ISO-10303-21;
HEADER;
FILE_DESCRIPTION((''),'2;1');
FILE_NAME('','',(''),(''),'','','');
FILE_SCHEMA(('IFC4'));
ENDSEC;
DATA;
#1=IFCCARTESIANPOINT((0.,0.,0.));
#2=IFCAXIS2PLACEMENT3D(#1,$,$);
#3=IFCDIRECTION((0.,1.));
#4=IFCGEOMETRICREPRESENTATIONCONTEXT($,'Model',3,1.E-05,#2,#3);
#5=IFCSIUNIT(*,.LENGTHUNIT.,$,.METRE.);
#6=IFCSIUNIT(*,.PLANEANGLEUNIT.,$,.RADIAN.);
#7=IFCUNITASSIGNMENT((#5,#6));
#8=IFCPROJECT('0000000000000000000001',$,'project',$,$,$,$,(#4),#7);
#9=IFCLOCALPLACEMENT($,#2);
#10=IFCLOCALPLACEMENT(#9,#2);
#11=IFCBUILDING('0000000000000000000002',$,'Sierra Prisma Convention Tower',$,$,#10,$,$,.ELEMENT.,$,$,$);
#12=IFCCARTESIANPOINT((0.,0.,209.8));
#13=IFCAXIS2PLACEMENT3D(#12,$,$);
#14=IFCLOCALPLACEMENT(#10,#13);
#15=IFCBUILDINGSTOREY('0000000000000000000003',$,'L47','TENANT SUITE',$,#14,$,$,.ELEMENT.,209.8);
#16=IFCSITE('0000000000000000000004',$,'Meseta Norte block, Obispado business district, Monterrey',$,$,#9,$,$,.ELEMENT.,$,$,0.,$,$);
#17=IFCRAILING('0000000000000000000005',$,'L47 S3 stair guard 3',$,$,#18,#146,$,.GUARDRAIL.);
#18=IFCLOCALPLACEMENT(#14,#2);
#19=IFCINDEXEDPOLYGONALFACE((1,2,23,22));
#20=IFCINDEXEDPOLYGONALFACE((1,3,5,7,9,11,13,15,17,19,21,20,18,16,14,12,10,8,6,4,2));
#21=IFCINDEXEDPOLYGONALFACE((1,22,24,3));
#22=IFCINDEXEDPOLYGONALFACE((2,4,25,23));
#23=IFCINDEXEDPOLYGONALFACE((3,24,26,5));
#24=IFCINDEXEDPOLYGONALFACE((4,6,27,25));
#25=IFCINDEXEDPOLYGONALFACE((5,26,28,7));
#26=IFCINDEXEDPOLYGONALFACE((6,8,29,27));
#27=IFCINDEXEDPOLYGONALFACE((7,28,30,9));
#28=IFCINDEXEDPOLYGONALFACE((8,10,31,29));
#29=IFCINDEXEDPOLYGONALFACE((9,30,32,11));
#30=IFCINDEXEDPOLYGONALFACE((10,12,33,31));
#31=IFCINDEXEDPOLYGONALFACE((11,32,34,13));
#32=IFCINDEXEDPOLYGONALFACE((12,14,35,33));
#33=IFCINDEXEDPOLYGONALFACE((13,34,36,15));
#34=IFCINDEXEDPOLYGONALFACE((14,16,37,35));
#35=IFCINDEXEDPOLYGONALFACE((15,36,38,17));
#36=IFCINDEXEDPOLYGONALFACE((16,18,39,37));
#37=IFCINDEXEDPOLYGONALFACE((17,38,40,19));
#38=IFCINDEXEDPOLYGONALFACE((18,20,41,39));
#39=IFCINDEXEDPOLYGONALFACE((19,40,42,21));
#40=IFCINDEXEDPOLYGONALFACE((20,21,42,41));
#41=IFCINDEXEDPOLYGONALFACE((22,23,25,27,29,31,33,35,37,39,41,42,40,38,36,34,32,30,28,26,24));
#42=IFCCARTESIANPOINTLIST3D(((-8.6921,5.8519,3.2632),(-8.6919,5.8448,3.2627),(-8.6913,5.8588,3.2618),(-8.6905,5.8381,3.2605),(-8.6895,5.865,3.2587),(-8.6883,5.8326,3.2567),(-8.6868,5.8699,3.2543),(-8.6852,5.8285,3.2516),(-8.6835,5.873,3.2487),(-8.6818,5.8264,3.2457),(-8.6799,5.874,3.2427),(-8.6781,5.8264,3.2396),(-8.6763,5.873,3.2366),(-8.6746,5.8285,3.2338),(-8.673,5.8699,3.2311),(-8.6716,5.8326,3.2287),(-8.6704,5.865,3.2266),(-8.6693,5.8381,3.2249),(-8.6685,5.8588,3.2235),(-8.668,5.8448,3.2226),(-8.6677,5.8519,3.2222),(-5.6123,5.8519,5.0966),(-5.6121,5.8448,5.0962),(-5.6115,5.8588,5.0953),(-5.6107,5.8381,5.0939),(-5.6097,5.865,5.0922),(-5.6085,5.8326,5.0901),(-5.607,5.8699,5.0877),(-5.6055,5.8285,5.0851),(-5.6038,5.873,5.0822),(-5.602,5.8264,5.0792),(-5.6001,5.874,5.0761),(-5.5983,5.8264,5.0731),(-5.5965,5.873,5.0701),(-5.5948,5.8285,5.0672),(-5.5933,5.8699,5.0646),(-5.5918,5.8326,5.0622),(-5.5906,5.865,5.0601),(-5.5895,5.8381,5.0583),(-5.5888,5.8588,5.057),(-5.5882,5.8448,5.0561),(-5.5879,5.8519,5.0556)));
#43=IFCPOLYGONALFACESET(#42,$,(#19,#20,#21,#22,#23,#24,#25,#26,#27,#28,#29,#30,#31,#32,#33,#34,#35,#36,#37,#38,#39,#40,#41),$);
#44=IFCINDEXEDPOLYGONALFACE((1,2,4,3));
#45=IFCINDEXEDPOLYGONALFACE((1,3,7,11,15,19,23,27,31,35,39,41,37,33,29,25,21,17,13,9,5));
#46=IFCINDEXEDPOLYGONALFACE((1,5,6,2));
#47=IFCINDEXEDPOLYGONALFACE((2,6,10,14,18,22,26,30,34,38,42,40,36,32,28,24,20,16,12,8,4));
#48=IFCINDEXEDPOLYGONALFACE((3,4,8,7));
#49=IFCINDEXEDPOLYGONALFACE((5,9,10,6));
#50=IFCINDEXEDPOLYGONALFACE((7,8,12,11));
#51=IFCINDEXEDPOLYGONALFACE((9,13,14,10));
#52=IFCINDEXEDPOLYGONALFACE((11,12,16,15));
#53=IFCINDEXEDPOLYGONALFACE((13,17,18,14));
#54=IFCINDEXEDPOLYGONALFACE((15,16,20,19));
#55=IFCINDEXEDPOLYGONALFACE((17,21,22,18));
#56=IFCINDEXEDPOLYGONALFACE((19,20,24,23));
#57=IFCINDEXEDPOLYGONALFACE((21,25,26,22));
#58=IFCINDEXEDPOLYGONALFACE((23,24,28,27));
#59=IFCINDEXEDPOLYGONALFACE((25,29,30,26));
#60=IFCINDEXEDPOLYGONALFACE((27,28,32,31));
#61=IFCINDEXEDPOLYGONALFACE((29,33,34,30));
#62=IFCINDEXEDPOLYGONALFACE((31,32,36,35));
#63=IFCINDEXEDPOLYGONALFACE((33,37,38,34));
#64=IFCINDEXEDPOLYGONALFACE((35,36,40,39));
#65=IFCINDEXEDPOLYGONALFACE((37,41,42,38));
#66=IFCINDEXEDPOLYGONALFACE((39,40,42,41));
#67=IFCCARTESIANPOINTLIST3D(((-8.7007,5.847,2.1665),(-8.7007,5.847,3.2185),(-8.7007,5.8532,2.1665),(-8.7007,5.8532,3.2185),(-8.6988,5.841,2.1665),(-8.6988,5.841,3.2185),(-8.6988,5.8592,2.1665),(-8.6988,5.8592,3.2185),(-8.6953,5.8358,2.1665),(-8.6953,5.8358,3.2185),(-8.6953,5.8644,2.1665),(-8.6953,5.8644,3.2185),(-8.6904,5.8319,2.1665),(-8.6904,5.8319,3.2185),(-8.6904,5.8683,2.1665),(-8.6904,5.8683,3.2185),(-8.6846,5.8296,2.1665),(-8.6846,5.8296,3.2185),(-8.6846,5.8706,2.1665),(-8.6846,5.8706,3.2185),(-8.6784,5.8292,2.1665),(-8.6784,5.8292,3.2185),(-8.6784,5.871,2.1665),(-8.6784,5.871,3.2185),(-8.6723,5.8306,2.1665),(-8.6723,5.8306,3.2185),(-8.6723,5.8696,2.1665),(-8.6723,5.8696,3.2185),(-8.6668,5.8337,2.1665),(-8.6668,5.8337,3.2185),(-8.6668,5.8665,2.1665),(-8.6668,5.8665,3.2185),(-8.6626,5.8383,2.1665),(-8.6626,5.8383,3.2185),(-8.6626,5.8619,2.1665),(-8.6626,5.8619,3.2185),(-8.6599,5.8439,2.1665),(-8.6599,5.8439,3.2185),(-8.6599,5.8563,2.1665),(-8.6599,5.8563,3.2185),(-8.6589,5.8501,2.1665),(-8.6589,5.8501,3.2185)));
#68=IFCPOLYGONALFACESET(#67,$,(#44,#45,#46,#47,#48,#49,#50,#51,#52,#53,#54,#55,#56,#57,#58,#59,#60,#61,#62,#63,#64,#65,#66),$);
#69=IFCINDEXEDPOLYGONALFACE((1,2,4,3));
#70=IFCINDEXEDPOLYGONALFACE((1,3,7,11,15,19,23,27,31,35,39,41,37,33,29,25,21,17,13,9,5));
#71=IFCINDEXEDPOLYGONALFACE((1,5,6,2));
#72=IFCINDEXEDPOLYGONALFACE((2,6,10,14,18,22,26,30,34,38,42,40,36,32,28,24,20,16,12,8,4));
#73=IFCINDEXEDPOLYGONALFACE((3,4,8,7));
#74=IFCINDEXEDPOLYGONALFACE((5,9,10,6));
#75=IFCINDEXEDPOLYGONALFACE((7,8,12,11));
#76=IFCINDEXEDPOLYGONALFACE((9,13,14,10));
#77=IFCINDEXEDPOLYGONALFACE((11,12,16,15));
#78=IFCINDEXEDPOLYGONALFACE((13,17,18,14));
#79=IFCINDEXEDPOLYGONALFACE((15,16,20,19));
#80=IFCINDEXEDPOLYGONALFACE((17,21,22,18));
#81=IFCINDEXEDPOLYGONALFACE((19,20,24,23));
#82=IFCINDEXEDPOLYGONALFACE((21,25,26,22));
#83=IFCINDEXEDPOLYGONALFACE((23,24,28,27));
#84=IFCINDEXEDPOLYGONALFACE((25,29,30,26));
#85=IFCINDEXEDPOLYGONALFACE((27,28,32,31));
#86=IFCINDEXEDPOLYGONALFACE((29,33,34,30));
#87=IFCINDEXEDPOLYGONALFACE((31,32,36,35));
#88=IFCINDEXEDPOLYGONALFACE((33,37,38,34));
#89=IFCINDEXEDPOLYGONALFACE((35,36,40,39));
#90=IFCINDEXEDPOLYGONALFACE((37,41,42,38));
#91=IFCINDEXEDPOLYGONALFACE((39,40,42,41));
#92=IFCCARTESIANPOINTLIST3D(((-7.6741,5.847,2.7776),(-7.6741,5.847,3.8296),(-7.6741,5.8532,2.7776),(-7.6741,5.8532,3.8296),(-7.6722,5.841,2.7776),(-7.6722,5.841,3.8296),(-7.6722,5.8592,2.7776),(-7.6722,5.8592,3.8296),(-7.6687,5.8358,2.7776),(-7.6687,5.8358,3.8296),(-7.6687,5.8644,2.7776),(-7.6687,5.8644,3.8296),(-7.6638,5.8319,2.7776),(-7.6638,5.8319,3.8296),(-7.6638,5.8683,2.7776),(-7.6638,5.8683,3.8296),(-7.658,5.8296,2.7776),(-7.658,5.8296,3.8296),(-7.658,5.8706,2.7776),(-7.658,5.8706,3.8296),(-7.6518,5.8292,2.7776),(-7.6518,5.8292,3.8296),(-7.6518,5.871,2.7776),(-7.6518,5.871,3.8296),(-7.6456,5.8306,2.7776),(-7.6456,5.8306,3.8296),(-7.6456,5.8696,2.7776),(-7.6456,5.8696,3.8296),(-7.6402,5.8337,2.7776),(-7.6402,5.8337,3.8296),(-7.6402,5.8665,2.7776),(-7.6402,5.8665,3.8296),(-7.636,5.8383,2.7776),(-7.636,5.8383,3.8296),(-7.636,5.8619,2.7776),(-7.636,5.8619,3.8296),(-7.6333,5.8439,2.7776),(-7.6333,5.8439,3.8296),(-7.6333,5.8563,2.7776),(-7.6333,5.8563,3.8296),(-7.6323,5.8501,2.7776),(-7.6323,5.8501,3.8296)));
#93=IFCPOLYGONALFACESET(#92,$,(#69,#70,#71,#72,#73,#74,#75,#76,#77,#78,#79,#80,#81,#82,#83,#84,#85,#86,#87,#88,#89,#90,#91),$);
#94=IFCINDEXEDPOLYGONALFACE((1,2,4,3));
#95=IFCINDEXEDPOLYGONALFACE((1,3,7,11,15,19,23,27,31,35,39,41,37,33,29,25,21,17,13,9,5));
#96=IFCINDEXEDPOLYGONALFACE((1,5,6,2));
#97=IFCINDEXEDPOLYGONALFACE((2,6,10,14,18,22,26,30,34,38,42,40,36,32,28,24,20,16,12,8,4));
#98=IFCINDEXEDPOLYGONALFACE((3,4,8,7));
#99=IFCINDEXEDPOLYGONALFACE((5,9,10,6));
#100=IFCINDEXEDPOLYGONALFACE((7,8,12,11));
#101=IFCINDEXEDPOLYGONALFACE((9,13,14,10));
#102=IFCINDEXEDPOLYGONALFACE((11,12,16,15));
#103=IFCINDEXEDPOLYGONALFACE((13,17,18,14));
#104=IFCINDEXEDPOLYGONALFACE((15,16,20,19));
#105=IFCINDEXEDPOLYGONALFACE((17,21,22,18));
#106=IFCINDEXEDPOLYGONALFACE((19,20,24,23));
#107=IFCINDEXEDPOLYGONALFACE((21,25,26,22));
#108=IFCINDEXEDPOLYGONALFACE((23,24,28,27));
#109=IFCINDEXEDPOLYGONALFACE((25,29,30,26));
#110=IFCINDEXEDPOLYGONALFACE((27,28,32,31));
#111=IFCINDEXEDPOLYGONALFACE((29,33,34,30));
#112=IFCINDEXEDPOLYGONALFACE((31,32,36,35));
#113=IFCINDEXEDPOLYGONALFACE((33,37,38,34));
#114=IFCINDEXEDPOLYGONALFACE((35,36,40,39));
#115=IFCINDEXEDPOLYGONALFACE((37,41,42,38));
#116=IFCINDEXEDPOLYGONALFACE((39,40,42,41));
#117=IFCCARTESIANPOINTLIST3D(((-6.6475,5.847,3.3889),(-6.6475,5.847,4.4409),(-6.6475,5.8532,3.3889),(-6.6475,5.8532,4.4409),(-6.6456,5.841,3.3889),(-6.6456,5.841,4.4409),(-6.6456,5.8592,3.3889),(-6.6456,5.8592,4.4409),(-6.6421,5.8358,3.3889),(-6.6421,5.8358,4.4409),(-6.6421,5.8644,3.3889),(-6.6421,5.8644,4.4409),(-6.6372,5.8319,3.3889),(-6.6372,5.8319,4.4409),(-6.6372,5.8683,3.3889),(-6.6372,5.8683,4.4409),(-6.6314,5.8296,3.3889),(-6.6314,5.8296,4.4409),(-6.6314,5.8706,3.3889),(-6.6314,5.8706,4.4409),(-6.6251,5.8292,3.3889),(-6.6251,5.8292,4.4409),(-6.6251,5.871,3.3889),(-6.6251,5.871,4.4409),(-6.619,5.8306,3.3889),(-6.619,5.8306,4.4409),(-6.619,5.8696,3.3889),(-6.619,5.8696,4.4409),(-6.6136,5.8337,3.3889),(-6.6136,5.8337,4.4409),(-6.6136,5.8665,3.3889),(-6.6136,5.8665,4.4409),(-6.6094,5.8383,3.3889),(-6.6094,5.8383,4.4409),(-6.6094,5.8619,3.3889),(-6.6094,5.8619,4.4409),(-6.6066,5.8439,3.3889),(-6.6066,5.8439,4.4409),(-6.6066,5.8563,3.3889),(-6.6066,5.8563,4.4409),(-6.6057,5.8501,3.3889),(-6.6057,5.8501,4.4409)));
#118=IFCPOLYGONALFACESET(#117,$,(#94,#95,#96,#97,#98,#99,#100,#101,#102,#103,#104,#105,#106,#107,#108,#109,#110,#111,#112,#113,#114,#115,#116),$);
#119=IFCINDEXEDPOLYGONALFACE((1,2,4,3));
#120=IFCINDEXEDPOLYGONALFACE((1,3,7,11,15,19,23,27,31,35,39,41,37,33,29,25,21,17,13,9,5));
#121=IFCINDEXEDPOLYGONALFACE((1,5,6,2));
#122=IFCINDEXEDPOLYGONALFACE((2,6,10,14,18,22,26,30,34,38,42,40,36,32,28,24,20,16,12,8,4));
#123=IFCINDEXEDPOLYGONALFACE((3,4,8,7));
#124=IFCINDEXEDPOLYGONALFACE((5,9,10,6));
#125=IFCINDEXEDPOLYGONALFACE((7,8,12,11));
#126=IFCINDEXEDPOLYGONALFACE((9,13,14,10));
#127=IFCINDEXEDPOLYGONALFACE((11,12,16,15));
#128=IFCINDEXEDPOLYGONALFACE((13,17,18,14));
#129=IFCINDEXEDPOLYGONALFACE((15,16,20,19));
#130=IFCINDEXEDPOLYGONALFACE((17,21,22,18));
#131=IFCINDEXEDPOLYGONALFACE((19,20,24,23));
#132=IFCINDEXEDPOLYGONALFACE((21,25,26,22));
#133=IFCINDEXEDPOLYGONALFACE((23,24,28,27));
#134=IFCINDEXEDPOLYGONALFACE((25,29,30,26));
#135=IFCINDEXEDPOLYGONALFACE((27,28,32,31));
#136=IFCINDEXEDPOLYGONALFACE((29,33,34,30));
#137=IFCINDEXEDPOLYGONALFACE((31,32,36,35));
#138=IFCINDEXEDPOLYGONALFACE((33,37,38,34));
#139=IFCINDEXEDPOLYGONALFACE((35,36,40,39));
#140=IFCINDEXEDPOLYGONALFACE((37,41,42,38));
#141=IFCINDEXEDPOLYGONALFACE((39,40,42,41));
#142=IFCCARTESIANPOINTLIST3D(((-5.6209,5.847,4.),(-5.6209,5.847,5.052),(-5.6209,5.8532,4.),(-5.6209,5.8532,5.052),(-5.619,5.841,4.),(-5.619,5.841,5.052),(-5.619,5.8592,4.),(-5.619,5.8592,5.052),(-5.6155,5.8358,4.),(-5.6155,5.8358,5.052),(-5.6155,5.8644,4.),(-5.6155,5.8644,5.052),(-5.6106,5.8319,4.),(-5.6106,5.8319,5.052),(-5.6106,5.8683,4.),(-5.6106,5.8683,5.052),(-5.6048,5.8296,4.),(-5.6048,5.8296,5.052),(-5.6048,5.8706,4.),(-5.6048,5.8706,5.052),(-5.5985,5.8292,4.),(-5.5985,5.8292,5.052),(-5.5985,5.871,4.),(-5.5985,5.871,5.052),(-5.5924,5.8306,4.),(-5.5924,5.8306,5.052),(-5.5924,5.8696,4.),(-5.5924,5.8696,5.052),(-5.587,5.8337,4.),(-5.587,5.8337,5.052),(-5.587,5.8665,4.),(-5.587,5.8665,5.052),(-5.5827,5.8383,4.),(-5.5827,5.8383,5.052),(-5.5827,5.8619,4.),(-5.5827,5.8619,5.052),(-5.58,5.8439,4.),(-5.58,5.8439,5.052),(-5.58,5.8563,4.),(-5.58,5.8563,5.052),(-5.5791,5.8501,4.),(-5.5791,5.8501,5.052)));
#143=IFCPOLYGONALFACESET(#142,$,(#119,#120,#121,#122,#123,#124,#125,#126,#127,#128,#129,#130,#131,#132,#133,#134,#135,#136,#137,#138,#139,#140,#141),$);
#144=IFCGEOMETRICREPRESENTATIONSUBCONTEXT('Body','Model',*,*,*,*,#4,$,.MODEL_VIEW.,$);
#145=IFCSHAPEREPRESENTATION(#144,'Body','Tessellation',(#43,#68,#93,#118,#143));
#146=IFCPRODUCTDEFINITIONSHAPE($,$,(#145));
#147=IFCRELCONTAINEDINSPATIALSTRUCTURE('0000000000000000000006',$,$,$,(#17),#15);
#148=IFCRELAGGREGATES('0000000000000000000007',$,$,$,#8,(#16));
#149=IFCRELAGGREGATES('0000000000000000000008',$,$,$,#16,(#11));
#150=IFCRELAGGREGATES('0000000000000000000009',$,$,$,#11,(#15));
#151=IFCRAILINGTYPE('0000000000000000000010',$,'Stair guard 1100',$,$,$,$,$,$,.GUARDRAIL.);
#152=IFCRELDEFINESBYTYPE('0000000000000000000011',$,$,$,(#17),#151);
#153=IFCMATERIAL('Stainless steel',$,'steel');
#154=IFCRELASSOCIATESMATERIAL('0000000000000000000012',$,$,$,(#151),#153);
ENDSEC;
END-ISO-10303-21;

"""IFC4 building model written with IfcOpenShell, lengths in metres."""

from ifc_helpers import new_model, si_unit, direction, frame, origin, origin_2d, place, context, subcontext, project, spatial, circle, extrude, material, type_object, element, save


model = new_model("IFC4")

# Units and contexts
model_context = context("Model", 3, precision=1e-05, world=origin(), true_north=direction((0.0, 1.0)))
body_context = subcontext(model_context, "Body", "Model", "MODEL_VIEW")
ifc_project = project(units=[si_unit("LENGTHUNIT", "METRE"), si_unit("PLANEANGLEUNIT", "RADIAN")], contexts=[model_context])

# Site, building, storey
site_placement = place(None, origin())
site = spatial("IfcSite", under=ifc_project, at=site_placement, Name="Meseta Norte block, Obispado business district, Monterrey", CompositionType="ELEMENT", RefElevation=0.0)
building_placement = place(site_placement, origin())
building = spatial("IfcBuilding", under=site, at=building_placement, Name="Sierra Prisma Convention Tower", CompositionType="ELEMENT")
storey_placement = place(building_placement, frame((0.0, 0.0, 209.8)))
storey = spatial("IfcBuildingStorey", under=building, at=storey_placement, Name="L47", Description="TENANT SUITE", CompositionType="ELEMENT", Elevation=209.8)

# Railing
ifc_material_1 = material(Name="Stainless steel", Category="steel")
railing_type_1 = type_object("IfcRailingType", Name="Stair guard 1100", PredefinedType="GUARDRAIL", material=ifc_material_1)
railing_1_placement = place(storey_placement, frame((-8.6799, 5.8501, 2.1665)))
element("IfcRailing", 1, at=railing_1_placement, inside=storey, type_object=railing_type_1, Name="L47 S3 stair guard 3", PredefinedType="GUARDRAIL", context=body_context, shape_type="SweptSolid", body=[
    extrude(circle(Radius=0.0239, at=origin_2d()), frame((0.0, 0.0, 1.0762), z_axis=(0.859261, 0.0, 0.511538), x_axis=(0.0, 1.0, 0.0)), (0.0, 0.0, 1.0), 3.5842),
    extrude(circle(Radius=0.021, at=origin_2d()), origin(), (0.0, 0.0, 1.0), 1.052),
    extrude(circle(Radius=0.021, at=origin_2d()), frame((1.0266, 0.0, 0.6111)), (0.0, 0.0, 1.0), 1.052),
    extrude(circle(Radius=0.021, at=origin_2d()), frame((2.0532, 0.0, 1.2224)), (0.0, 0.0, 1.0), 1.052),
    extrude(circle(Radius=0.021, at=origin_2d()), frame((3.0798, 0.0, 1.8335)), (0.0, 0.0, 1.0), 1.052),
])

save(model, "model.ifc")
